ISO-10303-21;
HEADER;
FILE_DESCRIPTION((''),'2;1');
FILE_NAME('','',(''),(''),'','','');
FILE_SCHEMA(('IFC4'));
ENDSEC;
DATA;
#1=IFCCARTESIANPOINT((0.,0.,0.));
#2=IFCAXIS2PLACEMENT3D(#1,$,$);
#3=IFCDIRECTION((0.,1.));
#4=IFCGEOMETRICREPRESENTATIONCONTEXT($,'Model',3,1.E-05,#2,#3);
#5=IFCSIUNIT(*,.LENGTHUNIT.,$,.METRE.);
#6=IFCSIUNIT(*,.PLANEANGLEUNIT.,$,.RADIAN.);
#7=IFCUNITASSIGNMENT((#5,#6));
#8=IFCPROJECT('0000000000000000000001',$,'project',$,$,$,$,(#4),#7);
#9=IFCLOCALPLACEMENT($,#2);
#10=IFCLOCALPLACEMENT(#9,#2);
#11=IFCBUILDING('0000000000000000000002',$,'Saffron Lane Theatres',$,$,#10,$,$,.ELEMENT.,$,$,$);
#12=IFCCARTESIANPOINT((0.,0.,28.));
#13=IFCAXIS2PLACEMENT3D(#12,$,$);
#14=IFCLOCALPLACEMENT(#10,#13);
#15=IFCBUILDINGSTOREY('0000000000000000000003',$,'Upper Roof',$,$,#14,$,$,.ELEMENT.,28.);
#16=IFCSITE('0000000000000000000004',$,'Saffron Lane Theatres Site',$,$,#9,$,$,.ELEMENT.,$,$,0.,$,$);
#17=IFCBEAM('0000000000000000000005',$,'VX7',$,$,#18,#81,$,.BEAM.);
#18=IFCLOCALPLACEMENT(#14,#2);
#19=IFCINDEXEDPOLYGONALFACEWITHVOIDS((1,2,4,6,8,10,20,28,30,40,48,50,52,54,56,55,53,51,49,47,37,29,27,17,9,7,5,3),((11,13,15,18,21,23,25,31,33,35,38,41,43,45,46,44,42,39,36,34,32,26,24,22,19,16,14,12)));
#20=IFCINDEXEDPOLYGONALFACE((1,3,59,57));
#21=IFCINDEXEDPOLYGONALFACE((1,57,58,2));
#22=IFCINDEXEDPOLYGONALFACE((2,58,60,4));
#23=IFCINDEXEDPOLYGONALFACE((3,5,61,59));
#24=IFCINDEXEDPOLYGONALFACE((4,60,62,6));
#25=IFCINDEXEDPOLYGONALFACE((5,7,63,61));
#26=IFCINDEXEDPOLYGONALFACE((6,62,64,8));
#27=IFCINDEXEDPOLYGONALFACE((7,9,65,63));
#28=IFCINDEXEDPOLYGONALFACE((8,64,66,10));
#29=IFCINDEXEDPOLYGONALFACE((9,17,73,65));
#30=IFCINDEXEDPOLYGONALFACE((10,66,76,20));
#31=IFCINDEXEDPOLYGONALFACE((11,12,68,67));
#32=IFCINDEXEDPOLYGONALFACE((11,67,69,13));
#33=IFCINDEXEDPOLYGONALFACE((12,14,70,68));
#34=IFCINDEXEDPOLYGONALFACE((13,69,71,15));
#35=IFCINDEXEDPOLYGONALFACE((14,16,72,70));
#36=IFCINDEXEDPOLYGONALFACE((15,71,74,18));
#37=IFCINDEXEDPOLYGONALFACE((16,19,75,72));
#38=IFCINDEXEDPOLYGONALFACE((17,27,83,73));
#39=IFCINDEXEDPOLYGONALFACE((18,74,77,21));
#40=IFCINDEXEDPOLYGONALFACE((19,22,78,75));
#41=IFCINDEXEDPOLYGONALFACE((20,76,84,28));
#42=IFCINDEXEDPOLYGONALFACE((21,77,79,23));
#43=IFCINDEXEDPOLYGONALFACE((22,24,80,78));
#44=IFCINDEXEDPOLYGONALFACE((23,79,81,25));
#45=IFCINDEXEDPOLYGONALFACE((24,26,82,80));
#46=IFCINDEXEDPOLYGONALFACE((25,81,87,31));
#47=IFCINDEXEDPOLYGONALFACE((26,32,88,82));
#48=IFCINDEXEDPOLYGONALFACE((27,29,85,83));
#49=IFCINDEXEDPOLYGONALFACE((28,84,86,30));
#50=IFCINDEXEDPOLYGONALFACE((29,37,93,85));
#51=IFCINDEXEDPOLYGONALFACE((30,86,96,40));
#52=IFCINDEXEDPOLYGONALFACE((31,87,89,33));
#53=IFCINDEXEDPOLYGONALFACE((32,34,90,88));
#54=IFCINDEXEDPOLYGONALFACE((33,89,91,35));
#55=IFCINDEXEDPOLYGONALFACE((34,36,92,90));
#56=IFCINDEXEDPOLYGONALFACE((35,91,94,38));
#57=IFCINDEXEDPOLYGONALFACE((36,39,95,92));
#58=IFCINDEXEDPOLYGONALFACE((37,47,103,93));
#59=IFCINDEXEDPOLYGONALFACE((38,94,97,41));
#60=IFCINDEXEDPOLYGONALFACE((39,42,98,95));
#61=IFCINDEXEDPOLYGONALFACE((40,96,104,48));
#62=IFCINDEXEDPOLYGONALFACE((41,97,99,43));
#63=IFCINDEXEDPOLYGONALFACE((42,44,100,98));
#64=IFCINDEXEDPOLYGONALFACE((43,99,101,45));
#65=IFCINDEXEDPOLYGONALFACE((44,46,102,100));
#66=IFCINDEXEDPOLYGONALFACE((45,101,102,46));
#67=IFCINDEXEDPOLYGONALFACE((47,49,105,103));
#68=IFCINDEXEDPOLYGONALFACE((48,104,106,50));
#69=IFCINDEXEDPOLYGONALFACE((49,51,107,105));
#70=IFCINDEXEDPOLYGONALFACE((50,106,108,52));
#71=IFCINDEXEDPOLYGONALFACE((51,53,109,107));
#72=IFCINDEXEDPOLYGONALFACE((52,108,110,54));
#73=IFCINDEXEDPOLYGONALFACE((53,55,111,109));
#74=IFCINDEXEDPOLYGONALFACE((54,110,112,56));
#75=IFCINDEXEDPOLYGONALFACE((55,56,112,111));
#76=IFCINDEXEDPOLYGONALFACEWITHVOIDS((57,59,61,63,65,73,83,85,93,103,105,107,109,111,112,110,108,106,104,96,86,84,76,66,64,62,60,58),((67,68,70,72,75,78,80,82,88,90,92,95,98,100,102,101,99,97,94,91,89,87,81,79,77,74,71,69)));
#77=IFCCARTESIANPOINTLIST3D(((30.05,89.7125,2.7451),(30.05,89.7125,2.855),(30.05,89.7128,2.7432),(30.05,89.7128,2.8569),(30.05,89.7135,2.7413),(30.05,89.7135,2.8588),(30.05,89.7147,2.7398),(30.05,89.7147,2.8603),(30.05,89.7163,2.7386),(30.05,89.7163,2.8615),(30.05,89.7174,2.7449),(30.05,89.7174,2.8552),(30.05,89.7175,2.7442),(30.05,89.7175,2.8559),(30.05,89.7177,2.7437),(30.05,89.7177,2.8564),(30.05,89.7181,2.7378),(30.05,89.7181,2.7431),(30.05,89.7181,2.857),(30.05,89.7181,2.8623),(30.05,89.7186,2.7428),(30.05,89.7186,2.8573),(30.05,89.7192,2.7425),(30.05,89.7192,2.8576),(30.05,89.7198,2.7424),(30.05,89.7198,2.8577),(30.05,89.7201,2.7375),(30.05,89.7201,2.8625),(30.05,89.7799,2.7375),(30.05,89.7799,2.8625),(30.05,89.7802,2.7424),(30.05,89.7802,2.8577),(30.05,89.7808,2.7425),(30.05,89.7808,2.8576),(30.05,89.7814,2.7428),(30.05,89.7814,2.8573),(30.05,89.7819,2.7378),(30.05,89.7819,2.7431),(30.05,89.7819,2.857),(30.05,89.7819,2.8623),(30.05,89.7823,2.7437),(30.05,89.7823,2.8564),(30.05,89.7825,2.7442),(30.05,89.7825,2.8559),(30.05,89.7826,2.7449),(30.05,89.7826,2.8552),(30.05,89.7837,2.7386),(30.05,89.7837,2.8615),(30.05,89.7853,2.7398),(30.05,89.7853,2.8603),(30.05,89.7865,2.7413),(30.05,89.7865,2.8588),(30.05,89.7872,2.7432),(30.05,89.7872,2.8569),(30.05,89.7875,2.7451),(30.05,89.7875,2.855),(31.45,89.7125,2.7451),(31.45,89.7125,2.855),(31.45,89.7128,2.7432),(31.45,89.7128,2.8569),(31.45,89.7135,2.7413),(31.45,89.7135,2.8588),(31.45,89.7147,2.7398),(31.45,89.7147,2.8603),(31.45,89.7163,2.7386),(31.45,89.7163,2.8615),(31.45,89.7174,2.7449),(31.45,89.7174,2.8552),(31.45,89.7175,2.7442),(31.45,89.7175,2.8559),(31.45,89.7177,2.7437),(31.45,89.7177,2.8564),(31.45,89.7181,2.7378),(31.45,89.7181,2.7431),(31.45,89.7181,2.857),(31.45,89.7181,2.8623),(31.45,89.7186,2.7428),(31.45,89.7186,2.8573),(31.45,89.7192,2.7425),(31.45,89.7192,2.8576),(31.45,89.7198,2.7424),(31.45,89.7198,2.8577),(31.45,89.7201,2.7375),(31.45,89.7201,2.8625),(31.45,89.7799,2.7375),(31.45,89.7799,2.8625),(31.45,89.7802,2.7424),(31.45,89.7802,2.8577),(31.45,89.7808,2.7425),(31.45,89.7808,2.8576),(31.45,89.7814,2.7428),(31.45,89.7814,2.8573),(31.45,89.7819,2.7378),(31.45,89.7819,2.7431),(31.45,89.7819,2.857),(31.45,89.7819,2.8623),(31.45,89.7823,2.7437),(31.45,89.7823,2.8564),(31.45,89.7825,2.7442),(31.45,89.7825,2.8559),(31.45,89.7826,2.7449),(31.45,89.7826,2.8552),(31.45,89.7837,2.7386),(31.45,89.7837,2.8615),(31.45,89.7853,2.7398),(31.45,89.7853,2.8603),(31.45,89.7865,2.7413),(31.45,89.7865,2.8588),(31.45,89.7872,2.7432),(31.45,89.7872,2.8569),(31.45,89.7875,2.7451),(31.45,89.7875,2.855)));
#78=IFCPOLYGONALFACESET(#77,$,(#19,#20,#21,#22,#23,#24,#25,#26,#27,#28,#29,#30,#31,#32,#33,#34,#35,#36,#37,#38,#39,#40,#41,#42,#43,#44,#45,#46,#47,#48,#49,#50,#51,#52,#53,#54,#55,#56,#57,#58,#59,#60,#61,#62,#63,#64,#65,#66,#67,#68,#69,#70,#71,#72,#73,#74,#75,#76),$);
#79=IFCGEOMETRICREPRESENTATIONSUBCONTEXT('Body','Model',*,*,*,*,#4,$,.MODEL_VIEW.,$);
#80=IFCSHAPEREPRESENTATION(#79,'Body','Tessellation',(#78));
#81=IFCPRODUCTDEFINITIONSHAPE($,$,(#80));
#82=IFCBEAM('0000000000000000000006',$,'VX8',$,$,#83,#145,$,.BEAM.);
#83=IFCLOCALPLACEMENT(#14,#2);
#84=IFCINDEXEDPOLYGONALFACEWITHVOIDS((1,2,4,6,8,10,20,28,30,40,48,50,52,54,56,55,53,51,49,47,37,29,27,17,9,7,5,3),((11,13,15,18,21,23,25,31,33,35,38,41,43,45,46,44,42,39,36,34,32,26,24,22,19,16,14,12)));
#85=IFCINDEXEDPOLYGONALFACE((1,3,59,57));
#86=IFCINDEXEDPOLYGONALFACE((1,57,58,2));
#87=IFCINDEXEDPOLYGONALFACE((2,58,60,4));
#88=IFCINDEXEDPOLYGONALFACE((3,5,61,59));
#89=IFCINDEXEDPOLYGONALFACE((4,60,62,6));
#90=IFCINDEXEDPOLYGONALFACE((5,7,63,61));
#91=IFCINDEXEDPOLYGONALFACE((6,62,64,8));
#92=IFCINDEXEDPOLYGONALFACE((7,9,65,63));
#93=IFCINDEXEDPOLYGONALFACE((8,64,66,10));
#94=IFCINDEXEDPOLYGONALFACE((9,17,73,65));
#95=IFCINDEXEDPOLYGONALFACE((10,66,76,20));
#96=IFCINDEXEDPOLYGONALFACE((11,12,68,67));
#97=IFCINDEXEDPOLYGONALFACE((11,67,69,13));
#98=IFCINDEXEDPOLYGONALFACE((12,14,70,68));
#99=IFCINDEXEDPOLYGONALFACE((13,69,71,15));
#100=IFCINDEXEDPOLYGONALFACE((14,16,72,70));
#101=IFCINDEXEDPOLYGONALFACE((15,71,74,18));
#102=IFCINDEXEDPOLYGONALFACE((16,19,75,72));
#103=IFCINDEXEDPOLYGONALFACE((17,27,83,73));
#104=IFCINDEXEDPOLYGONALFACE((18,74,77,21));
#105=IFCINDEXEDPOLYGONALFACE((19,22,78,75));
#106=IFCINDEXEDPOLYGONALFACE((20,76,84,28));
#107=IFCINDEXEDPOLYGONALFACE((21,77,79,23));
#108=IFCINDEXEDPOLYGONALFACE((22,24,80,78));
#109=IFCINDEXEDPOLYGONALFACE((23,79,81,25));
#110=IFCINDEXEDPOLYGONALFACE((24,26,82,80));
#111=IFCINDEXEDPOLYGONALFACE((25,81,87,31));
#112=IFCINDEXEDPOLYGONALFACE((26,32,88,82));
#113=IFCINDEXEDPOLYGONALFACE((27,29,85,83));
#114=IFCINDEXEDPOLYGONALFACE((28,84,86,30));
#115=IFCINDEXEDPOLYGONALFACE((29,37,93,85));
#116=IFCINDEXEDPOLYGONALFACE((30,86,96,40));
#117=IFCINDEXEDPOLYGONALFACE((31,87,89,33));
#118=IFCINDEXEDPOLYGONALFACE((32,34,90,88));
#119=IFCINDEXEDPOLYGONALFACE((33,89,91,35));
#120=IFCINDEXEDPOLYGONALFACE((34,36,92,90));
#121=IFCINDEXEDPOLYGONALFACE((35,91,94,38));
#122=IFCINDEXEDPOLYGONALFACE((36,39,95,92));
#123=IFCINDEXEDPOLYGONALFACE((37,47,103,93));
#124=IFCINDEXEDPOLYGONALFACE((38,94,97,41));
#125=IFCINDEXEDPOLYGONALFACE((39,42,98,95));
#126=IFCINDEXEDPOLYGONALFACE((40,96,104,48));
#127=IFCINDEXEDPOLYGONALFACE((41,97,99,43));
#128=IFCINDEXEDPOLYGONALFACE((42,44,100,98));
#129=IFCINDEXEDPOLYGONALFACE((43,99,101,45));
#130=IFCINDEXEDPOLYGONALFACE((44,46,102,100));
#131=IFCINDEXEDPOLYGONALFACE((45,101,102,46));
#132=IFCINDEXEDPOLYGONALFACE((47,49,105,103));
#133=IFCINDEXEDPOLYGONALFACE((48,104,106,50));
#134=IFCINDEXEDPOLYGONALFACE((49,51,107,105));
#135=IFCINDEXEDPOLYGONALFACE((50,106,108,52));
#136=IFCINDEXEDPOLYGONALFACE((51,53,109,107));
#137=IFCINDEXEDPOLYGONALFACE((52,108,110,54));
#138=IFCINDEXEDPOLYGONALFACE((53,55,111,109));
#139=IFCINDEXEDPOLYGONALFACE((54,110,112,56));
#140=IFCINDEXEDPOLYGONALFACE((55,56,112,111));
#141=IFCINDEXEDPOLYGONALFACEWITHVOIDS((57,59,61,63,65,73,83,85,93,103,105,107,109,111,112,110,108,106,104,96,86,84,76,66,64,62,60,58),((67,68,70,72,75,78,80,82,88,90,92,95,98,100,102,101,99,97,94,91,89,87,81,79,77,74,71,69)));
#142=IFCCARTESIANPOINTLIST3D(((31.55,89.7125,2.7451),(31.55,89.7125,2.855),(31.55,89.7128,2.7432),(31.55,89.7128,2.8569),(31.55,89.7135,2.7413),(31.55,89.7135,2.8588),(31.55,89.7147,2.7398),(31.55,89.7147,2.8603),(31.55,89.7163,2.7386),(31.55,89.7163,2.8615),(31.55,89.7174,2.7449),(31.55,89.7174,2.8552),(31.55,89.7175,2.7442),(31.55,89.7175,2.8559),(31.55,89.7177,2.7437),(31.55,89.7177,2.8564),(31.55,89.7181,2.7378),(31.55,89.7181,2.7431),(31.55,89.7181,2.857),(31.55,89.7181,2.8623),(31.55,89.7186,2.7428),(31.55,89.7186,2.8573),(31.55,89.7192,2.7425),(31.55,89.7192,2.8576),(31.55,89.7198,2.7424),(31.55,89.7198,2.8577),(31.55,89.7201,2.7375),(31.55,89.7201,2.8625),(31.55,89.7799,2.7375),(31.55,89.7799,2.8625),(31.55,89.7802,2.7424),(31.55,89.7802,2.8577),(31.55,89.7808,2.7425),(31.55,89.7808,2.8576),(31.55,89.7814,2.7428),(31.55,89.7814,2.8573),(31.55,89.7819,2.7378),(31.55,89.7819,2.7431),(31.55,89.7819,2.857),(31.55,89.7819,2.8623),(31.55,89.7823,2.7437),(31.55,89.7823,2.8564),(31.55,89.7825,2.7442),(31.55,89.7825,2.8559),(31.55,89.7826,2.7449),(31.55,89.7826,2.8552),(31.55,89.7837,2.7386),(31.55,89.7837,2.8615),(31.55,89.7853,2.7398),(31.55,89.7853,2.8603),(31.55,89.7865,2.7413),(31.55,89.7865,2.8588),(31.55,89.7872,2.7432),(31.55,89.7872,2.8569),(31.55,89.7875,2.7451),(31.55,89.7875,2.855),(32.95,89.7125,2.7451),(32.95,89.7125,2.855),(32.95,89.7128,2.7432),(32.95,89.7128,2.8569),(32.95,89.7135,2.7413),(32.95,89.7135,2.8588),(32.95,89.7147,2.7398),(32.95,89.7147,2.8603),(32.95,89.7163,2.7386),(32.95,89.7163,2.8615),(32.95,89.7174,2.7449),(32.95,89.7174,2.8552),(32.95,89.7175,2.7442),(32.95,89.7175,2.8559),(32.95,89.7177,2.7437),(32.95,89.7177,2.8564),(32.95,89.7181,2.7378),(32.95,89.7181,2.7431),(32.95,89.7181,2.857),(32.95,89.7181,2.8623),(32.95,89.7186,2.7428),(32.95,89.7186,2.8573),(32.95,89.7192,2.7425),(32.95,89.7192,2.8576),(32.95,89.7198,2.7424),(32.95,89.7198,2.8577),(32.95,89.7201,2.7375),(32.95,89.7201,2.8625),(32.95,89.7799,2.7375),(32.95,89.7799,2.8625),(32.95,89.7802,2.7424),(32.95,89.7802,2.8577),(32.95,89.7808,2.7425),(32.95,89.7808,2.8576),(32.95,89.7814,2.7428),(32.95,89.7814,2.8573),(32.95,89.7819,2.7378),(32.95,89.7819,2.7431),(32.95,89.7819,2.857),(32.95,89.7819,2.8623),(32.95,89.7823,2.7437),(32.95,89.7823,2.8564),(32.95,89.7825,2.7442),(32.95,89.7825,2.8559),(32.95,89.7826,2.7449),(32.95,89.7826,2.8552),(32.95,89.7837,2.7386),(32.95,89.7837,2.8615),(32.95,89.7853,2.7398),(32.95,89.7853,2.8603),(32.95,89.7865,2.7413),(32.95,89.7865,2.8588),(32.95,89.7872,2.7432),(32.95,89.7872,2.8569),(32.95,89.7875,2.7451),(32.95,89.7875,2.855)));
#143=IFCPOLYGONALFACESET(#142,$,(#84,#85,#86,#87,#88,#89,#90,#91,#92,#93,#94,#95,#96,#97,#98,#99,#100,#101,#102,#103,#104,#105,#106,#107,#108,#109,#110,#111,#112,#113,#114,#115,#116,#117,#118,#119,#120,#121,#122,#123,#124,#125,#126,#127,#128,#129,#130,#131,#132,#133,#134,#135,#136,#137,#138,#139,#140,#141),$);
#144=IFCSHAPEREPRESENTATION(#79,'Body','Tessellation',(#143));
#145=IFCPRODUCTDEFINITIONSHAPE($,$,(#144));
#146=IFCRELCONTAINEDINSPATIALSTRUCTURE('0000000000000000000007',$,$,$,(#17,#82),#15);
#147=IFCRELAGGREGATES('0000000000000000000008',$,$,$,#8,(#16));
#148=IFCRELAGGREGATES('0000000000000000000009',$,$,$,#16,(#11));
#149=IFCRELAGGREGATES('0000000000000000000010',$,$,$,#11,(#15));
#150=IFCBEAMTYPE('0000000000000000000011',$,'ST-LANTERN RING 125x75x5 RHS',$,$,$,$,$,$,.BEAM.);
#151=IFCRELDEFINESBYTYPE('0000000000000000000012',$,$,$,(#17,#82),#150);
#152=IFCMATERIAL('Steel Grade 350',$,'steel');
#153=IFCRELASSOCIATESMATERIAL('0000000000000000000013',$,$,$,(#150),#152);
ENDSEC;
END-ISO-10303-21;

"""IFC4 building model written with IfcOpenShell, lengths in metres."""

from ifc_helpers import new_model, si_unit, direction, frame, origin, origin_2d, place, context, subcontext, project, spatial, hollow_rectangle, extrude, material, material_profile, profile_set, type_object, element, save


model = new_model("IFC4")

# Units and contexts
model_context = context("Model", 3, precision=1e-05, world=origin(), true_north=direction((0.0, 1.0)))
body_context = subcontext(model_context, "Body", "Model", "MODEL_VIEW")
ifc_project = project(units=[si_unit("LENGTHUNIT", "METRE"), si_unit("PLANEANGLEUNIT", "RADIAN")], contexts=[model_context])

# Site, building, storey
site_placement = place(None, origin())
site = spatial("IfcSite", under=ifc_project, at=site_placement, Name="Saffron Lane Theatres Site", CompositionType="ELEMENT", RefElevation=0.0)
building_placement = place(site_placement, origin())
building = spatial("IfcBuilding", under=site, at=building_placement, Name="Saffron Lane Theatres", CompositionType="ELEMENT")
storey_placement = place(building_placement, frame((0.0, 0.0, 28.0)))
storey = spatial("IfcBuildingStorey", under=building, at=storey_placement, Name="Upper Roof", CompositionType="ELEMENT", Elevation=28.0)

# Beams
ifc_material_1 = material(Name="Steel Grade 350", Category="steel")
ifc_material_profile_1 = material_profile(ifc_material_1, hollow_rectangle(XDim=0.075, YDim=0.125, WallThickness=0.0049, InnerFilletRadius=0.0024, OuterFilletRadius=0.0076, at=origin_2d()))
ifc_profile_set_1 = profile_set([ifc_material_profile_1], Name="Steel Grade 350")
beam_type_1 = type_object("IfcBeamType", Name="ST-LANTERN RING 125x75x5 RHS", PredefinedType="BEAM", material=ifc_profile_set_1)
for number, where, z_axis, x_axis, name in (
    (1, (30.05, 89.75, 2.8), (1.0, 0.0, 0.0), (0.0, 1.0, 0.0), "VX7"),
    (2, (31.55, 89.75, 2.8), (1.0, 0.0, 0.0), (0.0, 1.0, 0.0), "VX8"),
):
    element("IfcBeam", number, at=place(storey_placement, frame(where, z_axis=z_axis, x_axis=x_axis)), inside=storey, type_object=beam_type_1, Name=name, PredefinedType="BEAM", context=body_context, shape_type="SweptSolid", body=[
        extrude(hollow_rectangle(XDim=0.075, YDim=0.125, WallThickness=0.0049, InnerFilletRadius=0.0024, OuterFilletRadius=0.0076, at=origin_2d()), origin(), (0.0, 0.0, 1.0), 1.3999),
    ])

save(model, "model.ifc")
